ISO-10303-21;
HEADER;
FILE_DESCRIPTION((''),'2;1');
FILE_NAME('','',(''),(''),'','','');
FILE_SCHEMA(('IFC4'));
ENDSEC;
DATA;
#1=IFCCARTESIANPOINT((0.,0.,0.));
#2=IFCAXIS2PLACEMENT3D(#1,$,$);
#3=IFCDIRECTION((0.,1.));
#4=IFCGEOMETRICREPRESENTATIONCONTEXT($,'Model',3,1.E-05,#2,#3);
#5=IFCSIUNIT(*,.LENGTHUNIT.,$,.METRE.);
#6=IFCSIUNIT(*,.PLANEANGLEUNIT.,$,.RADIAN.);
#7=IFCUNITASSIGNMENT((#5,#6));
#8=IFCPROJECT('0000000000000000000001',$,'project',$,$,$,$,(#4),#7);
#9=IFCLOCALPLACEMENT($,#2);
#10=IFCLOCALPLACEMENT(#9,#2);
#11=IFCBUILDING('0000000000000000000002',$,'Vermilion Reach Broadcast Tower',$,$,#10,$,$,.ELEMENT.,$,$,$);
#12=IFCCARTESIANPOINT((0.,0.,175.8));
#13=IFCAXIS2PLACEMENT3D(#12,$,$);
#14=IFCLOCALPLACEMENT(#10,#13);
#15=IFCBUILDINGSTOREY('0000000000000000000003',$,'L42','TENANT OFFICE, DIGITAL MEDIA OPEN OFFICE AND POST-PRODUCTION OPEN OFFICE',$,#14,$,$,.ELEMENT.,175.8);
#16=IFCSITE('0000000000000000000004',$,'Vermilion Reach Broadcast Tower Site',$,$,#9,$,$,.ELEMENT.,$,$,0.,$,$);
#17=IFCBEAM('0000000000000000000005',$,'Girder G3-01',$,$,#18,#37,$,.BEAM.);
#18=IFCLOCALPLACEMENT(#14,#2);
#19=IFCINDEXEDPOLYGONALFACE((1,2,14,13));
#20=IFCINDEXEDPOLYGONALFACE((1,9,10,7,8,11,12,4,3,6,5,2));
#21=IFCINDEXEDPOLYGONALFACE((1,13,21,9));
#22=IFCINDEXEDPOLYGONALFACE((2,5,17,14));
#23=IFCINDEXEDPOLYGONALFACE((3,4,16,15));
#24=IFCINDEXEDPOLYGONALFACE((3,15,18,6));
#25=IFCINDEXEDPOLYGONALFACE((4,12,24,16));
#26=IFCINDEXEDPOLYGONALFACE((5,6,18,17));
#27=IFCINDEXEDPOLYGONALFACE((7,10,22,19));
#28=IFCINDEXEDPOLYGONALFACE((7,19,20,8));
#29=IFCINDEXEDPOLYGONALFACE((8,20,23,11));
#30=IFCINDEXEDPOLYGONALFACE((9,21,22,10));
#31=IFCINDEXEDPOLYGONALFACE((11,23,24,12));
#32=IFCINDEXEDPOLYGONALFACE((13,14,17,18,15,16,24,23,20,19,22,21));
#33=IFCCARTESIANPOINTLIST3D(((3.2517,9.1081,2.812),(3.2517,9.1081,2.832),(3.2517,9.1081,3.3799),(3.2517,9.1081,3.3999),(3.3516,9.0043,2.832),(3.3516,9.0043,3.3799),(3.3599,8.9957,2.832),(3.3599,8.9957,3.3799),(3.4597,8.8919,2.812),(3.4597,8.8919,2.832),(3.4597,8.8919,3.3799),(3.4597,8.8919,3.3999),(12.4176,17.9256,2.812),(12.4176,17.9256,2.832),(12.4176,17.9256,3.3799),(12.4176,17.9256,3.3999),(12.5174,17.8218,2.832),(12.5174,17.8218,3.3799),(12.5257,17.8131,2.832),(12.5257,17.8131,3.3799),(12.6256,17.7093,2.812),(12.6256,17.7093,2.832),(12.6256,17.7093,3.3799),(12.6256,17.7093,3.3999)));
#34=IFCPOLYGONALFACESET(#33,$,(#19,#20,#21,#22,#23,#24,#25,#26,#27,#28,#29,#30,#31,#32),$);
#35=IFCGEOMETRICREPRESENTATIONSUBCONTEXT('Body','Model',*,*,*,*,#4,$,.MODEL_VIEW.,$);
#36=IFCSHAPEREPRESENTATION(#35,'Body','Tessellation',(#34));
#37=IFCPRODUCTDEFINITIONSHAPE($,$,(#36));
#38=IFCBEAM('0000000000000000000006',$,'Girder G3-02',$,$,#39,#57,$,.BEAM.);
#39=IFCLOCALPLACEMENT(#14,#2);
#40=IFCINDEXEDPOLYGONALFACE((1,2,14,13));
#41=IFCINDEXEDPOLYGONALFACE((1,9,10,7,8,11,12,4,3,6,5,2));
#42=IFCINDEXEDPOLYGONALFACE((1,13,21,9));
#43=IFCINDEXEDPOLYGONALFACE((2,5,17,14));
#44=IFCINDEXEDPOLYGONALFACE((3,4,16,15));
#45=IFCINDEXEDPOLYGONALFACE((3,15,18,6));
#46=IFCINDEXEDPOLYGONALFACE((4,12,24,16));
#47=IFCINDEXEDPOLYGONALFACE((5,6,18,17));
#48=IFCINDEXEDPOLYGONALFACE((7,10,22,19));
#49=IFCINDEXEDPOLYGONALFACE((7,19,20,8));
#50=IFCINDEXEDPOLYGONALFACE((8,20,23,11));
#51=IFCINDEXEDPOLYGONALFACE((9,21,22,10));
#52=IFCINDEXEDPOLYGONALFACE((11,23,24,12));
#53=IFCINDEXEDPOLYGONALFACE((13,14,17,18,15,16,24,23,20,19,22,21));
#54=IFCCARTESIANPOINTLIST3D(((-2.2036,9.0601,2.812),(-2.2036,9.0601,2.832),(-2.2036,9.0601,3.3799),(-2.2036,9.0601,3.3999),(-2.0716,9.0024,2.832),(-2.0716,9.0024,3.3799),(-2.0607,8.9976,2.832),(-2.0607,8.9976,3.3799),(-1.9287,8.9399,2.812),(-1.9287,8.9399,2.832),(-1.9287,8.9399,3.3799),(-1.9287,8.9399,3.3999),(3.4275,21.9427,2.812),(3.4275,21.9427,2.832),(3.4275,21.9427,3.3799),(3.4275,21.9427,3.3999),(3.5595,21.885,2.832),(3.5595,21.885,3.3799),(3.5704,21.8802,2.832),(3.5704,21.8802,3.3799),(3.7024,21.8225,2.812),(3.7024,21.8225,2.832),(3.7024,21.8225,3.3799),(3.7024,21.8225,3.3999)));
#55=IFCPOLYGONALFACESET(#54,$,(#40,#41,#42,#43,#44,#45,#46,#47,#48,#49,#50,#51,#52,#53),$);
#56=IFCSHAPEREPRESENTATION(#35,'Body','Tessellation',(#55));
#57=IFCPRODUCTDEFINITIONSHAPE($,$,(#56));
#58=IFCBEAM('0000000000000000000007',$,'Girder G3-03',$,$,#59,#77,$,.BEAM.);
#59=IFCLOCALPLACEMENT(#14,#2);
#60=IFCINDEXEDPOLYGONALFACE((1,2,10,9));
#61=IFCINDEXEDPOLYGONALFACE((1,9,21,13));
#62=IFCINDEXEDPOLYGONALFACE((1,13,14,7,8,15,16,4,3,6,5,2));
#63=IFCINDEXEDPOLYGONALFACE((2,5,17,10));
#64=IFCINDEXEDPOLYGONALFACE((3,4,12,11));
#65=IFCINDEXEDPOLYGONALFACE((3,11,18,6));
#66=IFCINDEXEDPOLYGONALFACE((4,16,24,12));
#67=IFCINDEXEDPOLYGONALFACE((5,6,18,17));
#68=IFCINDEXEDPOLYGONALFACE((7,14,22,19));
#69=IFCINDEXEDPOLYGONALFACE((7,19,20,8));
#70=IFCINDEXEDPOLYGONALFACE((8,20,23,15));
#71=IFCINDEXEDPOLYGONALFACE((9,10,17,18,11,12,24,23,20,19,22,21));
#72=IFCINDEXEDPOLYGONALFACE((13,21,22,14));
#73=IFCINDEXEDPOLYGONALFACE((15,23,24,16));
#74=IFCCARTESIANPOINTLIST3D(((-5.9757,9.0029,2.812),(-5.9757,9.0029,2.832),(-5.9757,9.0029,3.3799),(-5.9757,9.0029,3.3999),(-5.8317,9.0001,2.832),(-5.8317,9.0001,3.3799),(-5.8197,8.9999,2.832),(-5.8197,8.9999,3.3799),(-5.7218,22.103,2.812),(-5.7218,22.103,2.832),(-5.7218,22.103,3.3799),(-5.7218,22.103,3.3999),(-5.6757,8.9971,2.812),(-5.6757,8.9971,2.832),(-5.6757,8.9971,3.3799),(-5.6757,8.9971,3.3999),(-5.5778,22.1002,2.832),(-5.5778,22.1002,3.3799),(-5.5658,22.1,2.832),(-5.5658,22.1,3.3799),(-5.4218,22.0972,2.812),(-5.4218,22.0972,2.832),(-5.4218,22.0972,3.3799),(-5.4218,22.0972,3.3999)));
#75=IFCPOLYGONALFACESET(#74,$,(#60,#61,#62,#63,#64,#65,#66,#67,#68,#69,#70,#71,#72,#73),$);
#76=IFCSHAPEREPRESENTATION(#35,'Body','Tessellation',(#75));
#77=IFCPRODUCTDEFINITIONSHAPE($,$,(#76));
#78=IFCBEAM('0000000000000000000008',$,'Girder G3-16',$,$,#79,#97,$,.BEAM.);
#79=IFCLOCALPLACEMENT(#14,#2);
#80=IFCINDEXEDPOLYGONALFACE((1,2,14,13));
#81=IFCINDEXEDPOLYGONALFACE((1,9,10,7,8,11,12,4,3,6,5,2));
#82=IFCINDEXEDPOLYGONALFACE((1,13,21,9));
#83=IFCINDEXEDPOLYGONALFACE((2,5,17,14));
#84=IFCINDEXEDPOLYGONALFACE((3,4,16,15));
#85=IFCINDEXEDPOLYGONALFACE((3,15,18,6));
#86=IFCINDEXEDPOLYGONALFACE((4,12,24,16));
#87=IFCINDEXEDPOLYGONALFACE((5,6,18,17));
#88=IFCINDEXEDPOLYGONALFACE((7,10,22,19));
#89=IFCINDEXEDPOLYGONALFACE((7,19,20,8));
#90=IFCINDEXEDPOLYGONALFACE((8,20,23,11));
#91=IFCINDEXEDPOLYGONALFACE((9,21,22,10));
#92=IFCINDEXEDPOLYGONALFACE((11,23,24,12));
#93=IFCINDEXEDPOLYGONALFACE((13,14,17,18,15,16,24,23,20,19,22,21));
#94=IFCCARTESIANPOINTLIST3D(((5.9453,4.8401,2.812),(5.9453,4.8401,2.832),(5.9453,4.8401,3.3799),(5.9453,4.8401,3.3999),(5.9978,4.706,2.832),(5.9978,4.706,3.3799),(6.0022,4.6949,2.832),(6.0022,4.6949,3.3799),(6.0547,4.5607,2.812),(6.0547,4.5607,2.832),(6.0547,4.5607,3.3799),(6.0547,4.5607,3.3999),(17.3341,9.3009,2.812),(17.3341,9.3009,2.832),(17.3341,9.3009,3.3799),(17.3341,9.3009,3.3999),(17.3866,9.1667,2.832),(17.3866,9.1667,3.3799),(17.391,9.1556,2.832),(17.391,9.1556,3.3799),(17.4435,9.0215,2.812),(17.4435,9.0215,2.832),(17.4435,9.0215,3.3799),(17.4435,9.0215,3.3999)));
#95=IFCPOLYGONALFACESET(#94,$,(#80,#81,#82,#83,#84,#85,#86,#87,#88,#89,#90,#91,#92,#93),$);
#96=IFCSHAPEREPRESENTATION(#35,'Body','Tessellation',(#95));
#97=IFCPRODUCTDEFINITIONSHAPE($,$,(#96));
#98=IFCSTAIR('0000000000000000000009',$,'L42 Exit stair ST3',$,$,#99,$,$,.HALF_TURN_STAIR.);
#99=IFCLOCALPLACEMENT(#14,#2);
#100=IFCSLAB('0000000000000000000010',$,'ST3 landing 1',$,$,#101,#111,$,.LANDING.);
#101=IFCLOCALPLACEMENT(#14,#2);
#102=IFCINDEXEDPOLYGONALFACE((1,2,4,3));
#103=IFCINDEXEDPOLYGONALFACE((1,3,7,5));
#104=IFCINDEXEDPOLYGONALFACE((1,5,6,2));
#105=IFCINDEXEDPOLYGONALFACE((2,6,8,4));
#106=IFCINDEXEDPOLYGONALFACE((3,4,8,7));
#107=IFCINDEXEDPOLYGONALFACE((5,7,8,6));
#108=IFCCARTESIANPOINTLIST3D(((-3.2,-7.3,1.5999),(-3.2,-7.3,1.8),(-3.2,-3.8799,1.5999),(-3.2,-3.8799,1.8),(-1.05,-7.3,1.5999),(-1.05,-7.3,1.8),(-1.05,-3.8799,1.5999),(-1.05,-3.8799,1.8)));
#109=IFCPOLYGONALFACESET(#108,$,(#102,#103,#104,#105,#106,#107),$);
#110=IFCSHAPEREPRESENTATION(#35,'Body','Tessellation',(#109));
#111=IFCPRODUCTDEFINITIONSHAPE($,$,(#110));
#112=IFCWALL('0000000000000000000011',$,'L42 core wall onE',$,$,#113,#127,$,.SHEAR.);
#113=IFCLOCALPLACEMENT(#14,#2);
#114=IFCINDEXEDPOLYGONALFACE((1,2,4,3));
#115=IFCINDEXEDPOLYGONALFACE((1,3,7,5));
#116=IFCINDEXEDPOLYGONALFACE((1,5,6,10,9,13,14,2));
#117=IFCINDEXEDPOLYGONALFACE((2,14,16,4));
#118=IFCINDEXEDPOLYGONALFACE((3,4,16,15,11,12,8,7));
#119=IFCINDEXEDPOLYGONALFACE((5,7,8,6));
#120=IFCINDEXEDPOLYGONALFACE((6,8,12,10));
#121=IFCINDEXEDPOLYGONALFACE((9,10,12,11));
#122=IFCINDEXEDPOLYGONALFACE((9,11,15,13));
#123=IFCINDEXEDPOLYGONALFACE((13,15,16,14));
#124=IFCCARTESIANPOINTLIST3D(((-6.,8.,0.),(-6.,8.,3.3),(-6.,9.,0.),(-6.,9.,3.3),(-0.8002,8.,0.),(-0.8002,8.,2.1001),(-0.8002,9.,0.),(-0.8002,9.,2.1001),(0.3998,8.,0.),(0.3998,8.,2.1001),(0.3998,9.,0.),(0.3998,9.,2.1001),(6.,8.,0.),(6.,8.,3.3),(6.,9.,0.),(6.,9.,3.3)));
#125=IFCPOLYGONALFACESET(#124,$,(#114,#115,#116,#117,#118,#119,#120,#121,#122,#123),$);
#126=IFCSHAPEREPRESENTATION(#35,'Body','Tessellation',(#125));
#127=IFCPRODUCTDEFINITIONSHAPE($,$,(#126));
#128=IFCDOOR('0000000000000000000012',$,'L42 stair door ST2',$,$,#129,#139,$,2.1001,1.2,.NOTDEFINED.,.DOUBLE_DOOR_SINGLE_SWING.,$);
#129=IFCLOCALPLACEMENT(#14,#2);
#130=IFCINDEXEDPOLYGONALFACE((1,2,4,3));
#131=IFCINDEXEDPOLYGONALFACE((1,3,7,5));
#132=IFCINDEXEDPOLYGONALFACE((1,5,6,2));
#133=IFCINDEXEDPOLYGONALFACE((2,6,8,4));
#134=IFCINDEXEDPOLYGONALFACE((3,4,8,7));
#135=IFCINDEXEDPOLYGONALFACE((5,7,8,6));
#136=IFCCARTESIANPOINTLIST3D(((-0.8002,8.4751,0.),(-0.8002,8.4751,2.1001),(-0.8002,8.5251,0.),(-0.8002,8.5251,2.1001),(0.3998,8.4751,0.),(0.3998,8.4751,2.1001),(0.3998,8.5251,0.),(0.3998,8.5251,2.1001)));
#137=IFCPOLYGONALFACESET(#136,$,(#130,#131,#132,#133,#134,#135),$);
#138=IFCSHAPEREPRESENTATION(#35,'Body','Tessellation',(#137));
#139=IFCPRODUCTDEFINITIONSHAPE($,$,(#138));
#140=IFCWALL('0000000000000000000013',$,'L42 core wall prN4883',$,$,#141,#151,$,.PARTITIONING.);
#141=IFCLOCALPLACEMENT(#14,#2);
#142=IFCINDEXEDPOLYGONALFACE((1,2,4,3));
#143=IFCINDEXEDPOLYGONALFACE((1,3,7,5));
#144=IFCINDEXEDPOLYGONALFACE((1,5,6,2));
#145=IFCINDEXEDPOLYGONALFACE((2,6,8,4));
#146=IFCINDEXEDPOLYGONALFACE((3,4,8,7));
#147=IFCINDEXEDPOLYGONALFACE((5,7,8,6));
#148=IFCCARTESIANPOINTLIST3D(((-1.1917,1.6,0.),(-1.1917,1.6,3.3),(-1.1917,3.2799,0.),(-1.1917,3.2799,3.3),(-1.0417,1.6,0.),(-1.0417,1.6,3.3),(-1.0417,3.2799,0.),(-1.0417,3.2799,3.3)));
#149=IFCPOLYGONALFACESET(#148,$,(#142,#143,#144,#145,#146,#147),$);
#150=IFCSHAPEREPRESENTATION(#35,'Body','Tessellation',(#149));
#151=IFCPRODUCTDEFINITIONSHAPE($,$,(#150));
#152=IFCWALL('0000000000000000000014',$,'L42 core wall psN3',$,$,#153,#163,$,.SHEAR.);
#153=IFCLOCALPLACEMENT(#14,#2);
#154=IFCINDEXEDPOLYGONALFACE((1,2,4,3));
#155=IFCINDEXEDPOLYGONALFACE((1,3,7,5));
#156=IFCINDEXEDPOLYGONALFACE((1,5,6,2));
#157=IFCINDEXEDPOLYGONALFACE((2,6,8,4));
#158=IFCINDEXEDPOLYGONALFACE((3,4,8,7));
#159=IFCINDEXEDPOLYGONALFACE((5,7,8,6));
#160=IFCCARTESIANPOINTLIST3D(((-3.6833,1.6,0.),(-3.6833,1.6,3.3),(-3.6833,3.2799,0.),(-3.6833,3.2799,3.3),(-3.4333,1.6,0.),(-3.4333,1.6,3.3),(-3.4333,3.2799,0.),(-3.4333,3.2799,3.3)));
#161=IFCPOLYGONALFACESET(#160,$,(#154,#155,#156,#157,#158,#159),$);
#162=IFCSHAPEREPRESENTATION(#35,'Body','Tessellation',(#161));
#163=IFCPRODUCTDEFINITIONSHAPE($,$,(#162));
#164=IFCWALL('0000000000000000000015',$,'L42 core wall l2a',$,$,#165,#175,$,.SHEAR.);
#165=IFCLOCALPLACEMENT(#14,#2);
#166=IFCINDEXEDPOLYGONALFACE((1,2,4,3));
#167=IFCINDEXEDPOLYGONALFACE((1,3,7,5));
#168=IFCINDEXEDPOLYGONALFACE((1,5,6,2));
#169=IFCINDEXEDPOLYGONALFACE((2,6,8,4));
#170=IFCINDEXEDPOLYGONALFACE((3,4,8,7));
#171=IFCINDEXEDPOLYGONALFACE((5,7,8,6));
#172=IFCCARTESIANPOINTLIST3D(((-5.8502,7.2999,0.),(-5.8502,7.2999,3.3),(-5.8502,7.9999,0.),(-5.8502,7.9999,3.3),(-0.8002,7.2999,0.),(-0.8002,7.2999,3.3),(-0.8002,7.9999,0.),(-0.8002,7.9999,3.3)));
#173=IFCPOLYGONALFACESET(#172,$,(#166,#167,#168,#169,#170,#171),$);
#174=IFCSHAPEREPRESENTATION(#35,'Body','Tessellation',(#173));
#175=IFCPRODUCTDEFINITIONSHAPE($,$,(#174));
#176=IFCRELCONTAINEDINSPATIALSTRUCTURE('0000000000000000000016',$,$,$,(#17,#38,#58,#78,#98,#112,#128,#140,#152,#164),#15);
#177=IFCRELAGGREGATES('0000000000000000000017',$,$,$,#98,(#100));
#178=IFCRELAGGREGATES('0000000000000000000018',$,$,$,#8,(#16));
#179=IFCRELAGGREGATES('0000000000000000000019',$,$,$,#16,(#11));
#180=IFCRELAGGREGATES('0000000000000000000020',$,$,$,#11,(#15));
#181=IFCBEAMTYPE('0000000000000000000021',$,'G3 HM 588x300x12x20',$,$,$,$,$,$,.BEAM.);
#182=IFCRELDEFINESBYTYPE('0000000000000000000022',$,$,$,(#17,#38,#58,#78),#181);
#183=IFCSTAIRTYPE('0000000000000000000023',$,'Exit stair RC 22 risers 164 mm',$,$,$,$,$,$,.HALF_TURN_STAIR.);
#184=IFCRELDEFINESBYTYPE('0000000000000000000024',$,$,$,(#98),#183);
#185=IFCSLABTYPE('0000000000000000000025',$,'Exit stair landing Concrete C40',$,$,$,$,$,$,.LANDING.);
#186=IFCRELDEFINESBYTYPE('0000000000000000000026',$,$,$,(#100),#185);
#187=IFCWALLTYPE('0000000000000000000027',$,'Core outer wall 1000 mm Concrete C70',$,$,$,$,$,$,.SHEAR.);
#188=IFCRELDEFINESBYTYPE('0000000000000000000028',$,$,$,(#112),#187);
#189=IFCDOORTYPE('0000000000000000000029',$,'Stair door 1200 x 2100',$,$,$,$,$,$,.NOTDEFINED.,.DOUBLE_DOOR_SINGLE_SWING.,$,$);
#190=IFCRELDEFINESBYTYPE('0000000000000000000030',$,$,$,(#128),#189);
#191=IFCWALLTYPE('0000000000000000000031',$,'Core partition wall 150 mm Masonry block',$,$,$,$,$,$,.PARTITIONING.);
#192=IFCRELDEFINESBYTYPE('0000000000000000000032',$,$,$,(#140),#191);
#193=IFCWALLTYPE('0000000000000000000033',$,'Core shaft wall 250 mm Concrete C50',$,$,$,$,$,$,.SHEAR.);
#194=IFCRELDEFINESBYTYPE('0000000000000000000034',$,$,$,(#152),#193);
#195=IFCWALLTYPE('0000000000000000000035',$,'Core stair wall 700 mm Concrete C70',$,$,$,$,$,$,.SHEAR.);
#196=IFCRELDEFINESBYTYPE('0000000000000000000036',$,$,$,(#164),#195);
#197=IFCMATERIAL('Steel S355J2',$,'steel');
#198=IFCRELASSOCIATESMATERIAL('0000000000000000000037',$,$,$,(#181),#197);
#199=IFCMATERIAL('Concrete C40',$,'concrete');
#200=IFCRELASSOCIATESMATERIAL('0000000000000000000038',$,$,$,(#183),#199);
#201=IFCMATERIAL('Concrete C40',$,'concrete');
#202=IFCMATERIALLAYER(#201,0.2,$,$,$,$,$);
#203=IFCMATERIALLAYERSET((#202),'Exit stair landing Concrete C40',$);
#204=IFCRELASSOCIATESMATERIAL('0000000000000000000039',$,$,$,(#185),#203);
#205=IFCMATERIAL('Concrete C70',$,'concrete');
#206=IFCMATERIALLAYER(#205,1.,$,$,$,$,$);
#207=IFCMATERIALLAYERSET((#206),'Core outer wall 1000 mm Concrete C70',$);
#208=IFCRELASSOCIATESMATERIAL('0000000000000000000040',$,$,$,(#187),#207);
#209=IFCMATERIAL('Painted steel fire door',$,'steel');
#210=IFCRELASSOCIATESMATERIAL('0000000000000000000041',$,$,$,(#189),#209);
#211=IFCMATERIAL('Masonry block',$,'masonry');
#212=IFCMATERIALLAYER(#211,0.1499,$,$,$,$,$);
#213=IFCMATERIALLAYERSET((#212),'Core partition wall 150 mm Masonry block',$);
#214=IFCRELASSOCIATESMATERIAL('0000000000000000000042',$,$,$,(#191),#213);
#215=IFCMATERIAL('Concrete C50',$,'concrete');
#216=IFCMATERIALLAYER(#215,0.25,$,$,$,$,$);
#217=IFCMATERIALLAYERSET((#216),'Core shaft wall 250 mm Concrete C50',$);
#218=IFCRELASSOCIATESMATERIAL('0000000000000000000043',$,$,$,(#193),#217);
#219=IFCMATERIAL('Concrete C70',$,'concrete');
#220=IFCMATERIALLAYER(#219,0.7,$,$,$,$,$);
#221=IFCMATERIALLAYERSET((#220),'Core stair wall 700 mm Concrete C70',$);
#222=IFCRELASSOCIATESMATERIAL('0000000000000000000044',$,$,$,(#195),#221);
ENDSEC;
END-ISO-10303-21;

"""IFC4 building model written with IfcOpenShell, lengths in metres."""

from ifc_helpers import new_model, si_unit, direction, frame, frame_2d, origin, origin_2d, place, context, subcontext, project, spatial, polyline, rectangle, i_section, outline, extrude, material, layer, layer_set, material_profile, profile_set, type_object, element, fill, aggregate, save


model = new_model("IFC4")

# Units and contexts
model_context = context("Model", 3, precision=1e-05, world=origin(), true_north=direction((0.0, 1.0)))
body_context = subcontext(model_context, "Body", "Model", "MODEL_VIEW")
ifc_project = project(units=[si_unit("LENGTHUNIT", "METRE"), si_unit("PLANEANGLEUNIT", "RADIAN")], contexts=[model_context])

# Site, building, storey
site_placement = place(None, origin())
site = spatial("IfcSite", under=ifc_project, at=site_placement, Name="Vermilion Reach Broadcast Tower Site", CompositionType="ELEMENT", RefElevation=0.0)
building_placement = place(site_placement, origin())
building = spatial("IfcBuilding", under=site, at=building_placement, Name="Vermilion Reach Broadcast Tower", CompositionType="ELEMENT")
storey_placement = place(building_placement, frame((0.0, 0.0, 175.8)))
storey = spatial("IfcBuildingStorey", under=building, at=storey_placement, Name="L42", Description="TENANT OFFICE, DIGITAL MEDIA OPEN OFFICE AND POST-PRODUCTION OPEN OFFICE", CompositionType="ELEMENT", Elevation=175.8)

# Beams
ifc_material_1 = material(Name="Steel S355J2", Category="steel")
ifc_material_profile = material_profile(ifc_material_1, i_section(OverallWidth=0.3, OverallDepth=0.5879, WebThickness=0.012, FlangeThickness=0.02, at=origin_2d()), Name="S355J2 HM 588x300x12x20")
ifc_profile_set = profile_set([ifc_material_profile], Name="Steel S355J2")
beam_type = type_object("IfcBeamType", Name="G3 HM 588x300x12x20", PredefinedType="BEAM", material=ifc_profile_set)
beam_1_placement = place(storey_placement, frame((3.3557, 9.0, 3.106), z_axis=(0.72067, 0.693278, 0.0), x_axis=(-0.693278, 0.72067, 0.0)))
element("IfcBeam", 1, at=beam_1_placement, inside=storey, type_object=beam_type, Name="Girder G3-01", PredefinedType="BEAM", context=body_context, shape_type="SweptSolid", body=[
    extrude(i_section(OverallWidth=0.3, OverallDepth=0.5879, WebThickness=0.012, FlangeThickness=0.02, at=origin_2d()), origin(), (0.0, 0.0, 1.0), 12.7185),
])
beam_2_placement = place(storey_placement, frame((-2.0662, 9.0, 3.106), z_axis=(0.400519, 0.916288, 0.0), x_axis=(-0.916288, 0.400519, 0.0)))
element("IfcBeam", 2, at=beam_2_placement, inside=storey, type_object=beam_type, Name="Girder G3-02", PredefinedType="BEAM", context=body_context, shape_type="SweptSolid", body=[
    extrude(i_section(OverallWidth=0.3, OverallDepth=0.5879, WebThickness=0.012, FlangeThickness=0.02, at=origin_2d()), origin(), (0.0, 0.0, 1.0), 14.0596),
])
beam_3_placement = place(storey_placement, frame((-5.8257, 9.0, 3.106), z_axis=(0.019378, 0.999812, 0.0), x_axis=(-0.999812, 0.019378, 0.0)))
element("IfcBeam", 3, at=beam_3_placement, inside=storey, type_object=beam_type, Name="Girder G3-03", PredefinedType="BEAM", context=body_context, shape_type="SweptSolid", body=[
    extrude(i_section(OverallWidth=0.3, OverallDepth=0.5879, WebThickness=0.012, FlangeThickness=0.02, at=origin_2d()), origin(), (0.0, 0.0, 1.0), 13.1025),
])
beam_4_placement = place(storey_placement, frame((6.0, 4.7004, 3.106), z_axis=(0.931125, 0.364701, 0.0), x_axis=(-0.364701, 0.931125, 0.0)))
element("IfcBeam", 4, at=beam_4_placement, inside=storey, type_object=beam_type, Name="Girder G3-16", PredefinedType="BEAM", context=body_context, shape_type="SweptSolid", body=[
    extrude(i_section(OverallWidth=0.3, OverallDepth=0.5879, WebThickness=0.012, FlangeThickness=0.02, at=origin_2d()), origin(), (0.0, 0.0, 1.0), 12.2312),
])

# Stair, slab
ifc_material_2 = material(Name="Concrete C40", Category="concrete")
stair_type = type_object("IfcStairType", Name="Exit stair RC 22 risers 164 mm", PredefinedType="HALF_TURN_STAIR", material=ifc_material_2)
placement = place(storey_placement, origin())
stair_1 = element("IfcStair", 5, at=placement, inside=storey, type_object=stair_type, Name="L42 Exit stair ST3", PredefinedType="HALF_TURN_STAIR")
ifc_material_3 = material(Name="Concrete C40", Category="concrete")
ifc_layer_1 = layer(ifc_material_3, 0.2)
ifc_layer_set_1 = layer_set([ifc_layer_1], Name="Exit stair landing Concrete C40")
slab_type = type_object("IfcSlabType", Name="Exit stair landing Concrete C40", PredefinedType="LANDING", material=ifc_layer_set_1)
slab_placement = place(storey_placement, frame((0.0, 0.0, 1.5999)))
slab = element("IfcSlab", 6, at=slab_placement, type_object=slab_type, Name="ST3 landing 1", PredefinedType="LANDING", context=body_context, shape_type="SweptSolid", body=[
    extrude(outline(polyline([(-3.2, -7.3), (-1.05, -7.3), (-1.05, -3.8799), (-3.2, -3.8799), (-3.2, -7.3)])), origin(), (0.0, 0.0, 1.0), 0.2002),
])
aggregate(stair_1, [slab])

# Wall, opening, door
ifc_material_4 = material(Name="Concrete C70", Category="concrete")
ifc_layer_2 = layer(ifc_material_4, 1.0)
ifc_layer_set_2 = layer_set([ifc_layer_2], Name="Core outer wall 1000 mm Concrete C70")
wall_type_1 = type_object("IfcWallType", Name="Core outer wall 1000 mm Concrete C70", PredefinedType="SHEAR", material=ifc_layer_set_2)
wall_1_placement = place(storey_placement, frame((6.0, 8.5, 0.0), z_axis=(0.0, 0.0, 1.0), x_axis=(-1.0, 0.0, 0.0)))
wall_1 = element("IfcWall", 7, at=wall_1_placement, inside=storey, type_object=wall_type_1, Name="L42 core wall onE", PredefinedType="SHEAR", context=body_context, shape_type="SweptSolid", body=[
    extrude(rectangle(XDim=12.0, YDim=1.0, at=frame_2d((6.0, 0.0))), origin(), (0.0, 0.0, 1.0), 3.3),
])
opening_placement = place(wall_1_placement, frame((5.6001, 0.0, 0.0)))
opening = element("IfcOpeningElement", 8, at=opening_placement, cuts=wall_1, PredefinedType="OPENING", context=body_context, shape_type="SweptSolid", body=[
    extrude(rectangle(XDim=1.2, YDim=2.1001, at=frame_2d((0.6001, 1.05))), frame((0.0, 0.51, 0.0), z_axis=(0.0, -1.0, 0.0), x_axis=(1.0, 0.0, 0.0)), (0.0, 0.0, 1.0), 1.02),
])
ifc_material_5 = material(Name="Painted steel fire door", Category="steel")
door_type = type_object("IfcDoorType", Name="Stair door 1200 x 2100", OperationType="DOUBLE_DOOR_SINGLE_SWING", PredefinedType="NOTDEFINED", material=ifc_material_5)
door_placement = place(opening_placement, origin())
door = element("IfcDoor", 9, at=door_placement, inside=storey, type_object=door_type, Name="L42 stair door ST2", OperationType="DOUBLE_DOOR_SINGLE_SWING", OverallHeight=2.1001, OverallWidth=1.2, PredefinedType="NOTDEFINED", context=body_context, shape_type="SweptSolid", body=[
    extrude(rectangle(XDim=1.2, YDim=2.1001, at=frame_2d((0.6001, 1.05))), frame((0.0, 0.0249, 0.0), z_axis=(0.0, -1.0, 0.0), x_axis=(1.0, 0.0, 0.0)), (0.0, 0.0, 1.0), 0.05),
])
fill(opening, door)

# Walls
ifc_material_6 = material(Name="Masonry block", Category="masonry")
ifc_layer_3 = layer(ifc_material_6, 0.1499)
ifc_layer_set_3 = layer_set([ifc_layer_3], Name="Core partition wall 150 mm Masonry block")
wall_type_2 = type_object("IfcWallType", Name="Core partition wall 150 mm Masonry block", PredefinedType="PARTITIONING", material=ifc_layer_set_3)
wall_2_placement = place(storey_placement, frame((-1.1167, 1.6001, 0.0), z_axis=(0.0, 0.0, 1.0), x_axis=(0.0, 1.0, 0.0)))
element("IfcWall", 10, at=wall_2_placement, inside=storey, type_object=wall_type_2, Name="L42 core wall prN4883", PredefinedType="PARTITIONING", context=body_context, shape_type="SweptSolid", body=[
    extrude(rectangle(XDim=1.6799, YDim=0.1499, at=frame_2d((0.8398, 0.0))), origin(), (0.0, 0.0, 1.0), 3.3),
])
ifc_material_7 = material(Name="Concrete C50", Category="concrete")
ifc_layer_4 = layer(ifc_material_7, 0.25)
ifc_layer_set_4 = layer_set([ifc_layer_4], Name="Core shaft wall 250 mm Concrete C50")
wall_type_3 = type_object("IfcWallType", Name="Core shaft wall 250 mm Concrete C50", PredefinedType="SHEAR", material=ifc_layer_set_4)
wall_3_placement = place(storey_placement, frame((-3.5583, 1.6001, 0.0), z_axis=(0.0, 0.0, 1.0), x_axis=(0.0, 1.0, 0.0)))
element("IfcWall", 11, at=wall_3_placement, inside=storey, type_object=wall_type_3, Name="L42 core wall psN3", PredefinedType="SHEAR", context=body_context, shape_type="SweptSolid", body=[
    extrude(rectangle(XDim=1.6799, YDim=0.25, at=frame_2d((0.8398, 0.0))), origin(), (0.0, 0.0, 1.0), 3.3),
])
ifc_material_8 = material(Name="Concrete C70", Category="concrete")
ifc_layer_5 = layer(ifc_material_8, 0.7)
ifc_layer_set_5 = layer_set([ifc_layer_5], Name="Core stair wall 700 mm Concrete C70")
wall_type_4 = type_object("IfcWallType", Name="Core stair wall 700 mm Concrete C70", PredefinedType="SHEAR", material=ifc_layer_set_5)
wall_4_placement = place(storey_placement, frame((-5.8501, 7.6499, 0.0), z_axis=(0.0, 0.0, 1.0), x_axis=(1.0, 0.0, 0.0)))
element("IfcWall", 12, at=wall_4_placement, inside=storey, type_object=wall_type_4, Name="L42 core wall l2a", PredefinedType="SHEAR", context=body_context, shape_type="SweptSolid", body=[
    extrude(rectangle(XDim=5.05, YDim=0.7, at=frame_2d((2.5249, 0.0))), origin(), (0.0, 0.0, 1.0), 3.3),
])

save(model, "model.ifc")
